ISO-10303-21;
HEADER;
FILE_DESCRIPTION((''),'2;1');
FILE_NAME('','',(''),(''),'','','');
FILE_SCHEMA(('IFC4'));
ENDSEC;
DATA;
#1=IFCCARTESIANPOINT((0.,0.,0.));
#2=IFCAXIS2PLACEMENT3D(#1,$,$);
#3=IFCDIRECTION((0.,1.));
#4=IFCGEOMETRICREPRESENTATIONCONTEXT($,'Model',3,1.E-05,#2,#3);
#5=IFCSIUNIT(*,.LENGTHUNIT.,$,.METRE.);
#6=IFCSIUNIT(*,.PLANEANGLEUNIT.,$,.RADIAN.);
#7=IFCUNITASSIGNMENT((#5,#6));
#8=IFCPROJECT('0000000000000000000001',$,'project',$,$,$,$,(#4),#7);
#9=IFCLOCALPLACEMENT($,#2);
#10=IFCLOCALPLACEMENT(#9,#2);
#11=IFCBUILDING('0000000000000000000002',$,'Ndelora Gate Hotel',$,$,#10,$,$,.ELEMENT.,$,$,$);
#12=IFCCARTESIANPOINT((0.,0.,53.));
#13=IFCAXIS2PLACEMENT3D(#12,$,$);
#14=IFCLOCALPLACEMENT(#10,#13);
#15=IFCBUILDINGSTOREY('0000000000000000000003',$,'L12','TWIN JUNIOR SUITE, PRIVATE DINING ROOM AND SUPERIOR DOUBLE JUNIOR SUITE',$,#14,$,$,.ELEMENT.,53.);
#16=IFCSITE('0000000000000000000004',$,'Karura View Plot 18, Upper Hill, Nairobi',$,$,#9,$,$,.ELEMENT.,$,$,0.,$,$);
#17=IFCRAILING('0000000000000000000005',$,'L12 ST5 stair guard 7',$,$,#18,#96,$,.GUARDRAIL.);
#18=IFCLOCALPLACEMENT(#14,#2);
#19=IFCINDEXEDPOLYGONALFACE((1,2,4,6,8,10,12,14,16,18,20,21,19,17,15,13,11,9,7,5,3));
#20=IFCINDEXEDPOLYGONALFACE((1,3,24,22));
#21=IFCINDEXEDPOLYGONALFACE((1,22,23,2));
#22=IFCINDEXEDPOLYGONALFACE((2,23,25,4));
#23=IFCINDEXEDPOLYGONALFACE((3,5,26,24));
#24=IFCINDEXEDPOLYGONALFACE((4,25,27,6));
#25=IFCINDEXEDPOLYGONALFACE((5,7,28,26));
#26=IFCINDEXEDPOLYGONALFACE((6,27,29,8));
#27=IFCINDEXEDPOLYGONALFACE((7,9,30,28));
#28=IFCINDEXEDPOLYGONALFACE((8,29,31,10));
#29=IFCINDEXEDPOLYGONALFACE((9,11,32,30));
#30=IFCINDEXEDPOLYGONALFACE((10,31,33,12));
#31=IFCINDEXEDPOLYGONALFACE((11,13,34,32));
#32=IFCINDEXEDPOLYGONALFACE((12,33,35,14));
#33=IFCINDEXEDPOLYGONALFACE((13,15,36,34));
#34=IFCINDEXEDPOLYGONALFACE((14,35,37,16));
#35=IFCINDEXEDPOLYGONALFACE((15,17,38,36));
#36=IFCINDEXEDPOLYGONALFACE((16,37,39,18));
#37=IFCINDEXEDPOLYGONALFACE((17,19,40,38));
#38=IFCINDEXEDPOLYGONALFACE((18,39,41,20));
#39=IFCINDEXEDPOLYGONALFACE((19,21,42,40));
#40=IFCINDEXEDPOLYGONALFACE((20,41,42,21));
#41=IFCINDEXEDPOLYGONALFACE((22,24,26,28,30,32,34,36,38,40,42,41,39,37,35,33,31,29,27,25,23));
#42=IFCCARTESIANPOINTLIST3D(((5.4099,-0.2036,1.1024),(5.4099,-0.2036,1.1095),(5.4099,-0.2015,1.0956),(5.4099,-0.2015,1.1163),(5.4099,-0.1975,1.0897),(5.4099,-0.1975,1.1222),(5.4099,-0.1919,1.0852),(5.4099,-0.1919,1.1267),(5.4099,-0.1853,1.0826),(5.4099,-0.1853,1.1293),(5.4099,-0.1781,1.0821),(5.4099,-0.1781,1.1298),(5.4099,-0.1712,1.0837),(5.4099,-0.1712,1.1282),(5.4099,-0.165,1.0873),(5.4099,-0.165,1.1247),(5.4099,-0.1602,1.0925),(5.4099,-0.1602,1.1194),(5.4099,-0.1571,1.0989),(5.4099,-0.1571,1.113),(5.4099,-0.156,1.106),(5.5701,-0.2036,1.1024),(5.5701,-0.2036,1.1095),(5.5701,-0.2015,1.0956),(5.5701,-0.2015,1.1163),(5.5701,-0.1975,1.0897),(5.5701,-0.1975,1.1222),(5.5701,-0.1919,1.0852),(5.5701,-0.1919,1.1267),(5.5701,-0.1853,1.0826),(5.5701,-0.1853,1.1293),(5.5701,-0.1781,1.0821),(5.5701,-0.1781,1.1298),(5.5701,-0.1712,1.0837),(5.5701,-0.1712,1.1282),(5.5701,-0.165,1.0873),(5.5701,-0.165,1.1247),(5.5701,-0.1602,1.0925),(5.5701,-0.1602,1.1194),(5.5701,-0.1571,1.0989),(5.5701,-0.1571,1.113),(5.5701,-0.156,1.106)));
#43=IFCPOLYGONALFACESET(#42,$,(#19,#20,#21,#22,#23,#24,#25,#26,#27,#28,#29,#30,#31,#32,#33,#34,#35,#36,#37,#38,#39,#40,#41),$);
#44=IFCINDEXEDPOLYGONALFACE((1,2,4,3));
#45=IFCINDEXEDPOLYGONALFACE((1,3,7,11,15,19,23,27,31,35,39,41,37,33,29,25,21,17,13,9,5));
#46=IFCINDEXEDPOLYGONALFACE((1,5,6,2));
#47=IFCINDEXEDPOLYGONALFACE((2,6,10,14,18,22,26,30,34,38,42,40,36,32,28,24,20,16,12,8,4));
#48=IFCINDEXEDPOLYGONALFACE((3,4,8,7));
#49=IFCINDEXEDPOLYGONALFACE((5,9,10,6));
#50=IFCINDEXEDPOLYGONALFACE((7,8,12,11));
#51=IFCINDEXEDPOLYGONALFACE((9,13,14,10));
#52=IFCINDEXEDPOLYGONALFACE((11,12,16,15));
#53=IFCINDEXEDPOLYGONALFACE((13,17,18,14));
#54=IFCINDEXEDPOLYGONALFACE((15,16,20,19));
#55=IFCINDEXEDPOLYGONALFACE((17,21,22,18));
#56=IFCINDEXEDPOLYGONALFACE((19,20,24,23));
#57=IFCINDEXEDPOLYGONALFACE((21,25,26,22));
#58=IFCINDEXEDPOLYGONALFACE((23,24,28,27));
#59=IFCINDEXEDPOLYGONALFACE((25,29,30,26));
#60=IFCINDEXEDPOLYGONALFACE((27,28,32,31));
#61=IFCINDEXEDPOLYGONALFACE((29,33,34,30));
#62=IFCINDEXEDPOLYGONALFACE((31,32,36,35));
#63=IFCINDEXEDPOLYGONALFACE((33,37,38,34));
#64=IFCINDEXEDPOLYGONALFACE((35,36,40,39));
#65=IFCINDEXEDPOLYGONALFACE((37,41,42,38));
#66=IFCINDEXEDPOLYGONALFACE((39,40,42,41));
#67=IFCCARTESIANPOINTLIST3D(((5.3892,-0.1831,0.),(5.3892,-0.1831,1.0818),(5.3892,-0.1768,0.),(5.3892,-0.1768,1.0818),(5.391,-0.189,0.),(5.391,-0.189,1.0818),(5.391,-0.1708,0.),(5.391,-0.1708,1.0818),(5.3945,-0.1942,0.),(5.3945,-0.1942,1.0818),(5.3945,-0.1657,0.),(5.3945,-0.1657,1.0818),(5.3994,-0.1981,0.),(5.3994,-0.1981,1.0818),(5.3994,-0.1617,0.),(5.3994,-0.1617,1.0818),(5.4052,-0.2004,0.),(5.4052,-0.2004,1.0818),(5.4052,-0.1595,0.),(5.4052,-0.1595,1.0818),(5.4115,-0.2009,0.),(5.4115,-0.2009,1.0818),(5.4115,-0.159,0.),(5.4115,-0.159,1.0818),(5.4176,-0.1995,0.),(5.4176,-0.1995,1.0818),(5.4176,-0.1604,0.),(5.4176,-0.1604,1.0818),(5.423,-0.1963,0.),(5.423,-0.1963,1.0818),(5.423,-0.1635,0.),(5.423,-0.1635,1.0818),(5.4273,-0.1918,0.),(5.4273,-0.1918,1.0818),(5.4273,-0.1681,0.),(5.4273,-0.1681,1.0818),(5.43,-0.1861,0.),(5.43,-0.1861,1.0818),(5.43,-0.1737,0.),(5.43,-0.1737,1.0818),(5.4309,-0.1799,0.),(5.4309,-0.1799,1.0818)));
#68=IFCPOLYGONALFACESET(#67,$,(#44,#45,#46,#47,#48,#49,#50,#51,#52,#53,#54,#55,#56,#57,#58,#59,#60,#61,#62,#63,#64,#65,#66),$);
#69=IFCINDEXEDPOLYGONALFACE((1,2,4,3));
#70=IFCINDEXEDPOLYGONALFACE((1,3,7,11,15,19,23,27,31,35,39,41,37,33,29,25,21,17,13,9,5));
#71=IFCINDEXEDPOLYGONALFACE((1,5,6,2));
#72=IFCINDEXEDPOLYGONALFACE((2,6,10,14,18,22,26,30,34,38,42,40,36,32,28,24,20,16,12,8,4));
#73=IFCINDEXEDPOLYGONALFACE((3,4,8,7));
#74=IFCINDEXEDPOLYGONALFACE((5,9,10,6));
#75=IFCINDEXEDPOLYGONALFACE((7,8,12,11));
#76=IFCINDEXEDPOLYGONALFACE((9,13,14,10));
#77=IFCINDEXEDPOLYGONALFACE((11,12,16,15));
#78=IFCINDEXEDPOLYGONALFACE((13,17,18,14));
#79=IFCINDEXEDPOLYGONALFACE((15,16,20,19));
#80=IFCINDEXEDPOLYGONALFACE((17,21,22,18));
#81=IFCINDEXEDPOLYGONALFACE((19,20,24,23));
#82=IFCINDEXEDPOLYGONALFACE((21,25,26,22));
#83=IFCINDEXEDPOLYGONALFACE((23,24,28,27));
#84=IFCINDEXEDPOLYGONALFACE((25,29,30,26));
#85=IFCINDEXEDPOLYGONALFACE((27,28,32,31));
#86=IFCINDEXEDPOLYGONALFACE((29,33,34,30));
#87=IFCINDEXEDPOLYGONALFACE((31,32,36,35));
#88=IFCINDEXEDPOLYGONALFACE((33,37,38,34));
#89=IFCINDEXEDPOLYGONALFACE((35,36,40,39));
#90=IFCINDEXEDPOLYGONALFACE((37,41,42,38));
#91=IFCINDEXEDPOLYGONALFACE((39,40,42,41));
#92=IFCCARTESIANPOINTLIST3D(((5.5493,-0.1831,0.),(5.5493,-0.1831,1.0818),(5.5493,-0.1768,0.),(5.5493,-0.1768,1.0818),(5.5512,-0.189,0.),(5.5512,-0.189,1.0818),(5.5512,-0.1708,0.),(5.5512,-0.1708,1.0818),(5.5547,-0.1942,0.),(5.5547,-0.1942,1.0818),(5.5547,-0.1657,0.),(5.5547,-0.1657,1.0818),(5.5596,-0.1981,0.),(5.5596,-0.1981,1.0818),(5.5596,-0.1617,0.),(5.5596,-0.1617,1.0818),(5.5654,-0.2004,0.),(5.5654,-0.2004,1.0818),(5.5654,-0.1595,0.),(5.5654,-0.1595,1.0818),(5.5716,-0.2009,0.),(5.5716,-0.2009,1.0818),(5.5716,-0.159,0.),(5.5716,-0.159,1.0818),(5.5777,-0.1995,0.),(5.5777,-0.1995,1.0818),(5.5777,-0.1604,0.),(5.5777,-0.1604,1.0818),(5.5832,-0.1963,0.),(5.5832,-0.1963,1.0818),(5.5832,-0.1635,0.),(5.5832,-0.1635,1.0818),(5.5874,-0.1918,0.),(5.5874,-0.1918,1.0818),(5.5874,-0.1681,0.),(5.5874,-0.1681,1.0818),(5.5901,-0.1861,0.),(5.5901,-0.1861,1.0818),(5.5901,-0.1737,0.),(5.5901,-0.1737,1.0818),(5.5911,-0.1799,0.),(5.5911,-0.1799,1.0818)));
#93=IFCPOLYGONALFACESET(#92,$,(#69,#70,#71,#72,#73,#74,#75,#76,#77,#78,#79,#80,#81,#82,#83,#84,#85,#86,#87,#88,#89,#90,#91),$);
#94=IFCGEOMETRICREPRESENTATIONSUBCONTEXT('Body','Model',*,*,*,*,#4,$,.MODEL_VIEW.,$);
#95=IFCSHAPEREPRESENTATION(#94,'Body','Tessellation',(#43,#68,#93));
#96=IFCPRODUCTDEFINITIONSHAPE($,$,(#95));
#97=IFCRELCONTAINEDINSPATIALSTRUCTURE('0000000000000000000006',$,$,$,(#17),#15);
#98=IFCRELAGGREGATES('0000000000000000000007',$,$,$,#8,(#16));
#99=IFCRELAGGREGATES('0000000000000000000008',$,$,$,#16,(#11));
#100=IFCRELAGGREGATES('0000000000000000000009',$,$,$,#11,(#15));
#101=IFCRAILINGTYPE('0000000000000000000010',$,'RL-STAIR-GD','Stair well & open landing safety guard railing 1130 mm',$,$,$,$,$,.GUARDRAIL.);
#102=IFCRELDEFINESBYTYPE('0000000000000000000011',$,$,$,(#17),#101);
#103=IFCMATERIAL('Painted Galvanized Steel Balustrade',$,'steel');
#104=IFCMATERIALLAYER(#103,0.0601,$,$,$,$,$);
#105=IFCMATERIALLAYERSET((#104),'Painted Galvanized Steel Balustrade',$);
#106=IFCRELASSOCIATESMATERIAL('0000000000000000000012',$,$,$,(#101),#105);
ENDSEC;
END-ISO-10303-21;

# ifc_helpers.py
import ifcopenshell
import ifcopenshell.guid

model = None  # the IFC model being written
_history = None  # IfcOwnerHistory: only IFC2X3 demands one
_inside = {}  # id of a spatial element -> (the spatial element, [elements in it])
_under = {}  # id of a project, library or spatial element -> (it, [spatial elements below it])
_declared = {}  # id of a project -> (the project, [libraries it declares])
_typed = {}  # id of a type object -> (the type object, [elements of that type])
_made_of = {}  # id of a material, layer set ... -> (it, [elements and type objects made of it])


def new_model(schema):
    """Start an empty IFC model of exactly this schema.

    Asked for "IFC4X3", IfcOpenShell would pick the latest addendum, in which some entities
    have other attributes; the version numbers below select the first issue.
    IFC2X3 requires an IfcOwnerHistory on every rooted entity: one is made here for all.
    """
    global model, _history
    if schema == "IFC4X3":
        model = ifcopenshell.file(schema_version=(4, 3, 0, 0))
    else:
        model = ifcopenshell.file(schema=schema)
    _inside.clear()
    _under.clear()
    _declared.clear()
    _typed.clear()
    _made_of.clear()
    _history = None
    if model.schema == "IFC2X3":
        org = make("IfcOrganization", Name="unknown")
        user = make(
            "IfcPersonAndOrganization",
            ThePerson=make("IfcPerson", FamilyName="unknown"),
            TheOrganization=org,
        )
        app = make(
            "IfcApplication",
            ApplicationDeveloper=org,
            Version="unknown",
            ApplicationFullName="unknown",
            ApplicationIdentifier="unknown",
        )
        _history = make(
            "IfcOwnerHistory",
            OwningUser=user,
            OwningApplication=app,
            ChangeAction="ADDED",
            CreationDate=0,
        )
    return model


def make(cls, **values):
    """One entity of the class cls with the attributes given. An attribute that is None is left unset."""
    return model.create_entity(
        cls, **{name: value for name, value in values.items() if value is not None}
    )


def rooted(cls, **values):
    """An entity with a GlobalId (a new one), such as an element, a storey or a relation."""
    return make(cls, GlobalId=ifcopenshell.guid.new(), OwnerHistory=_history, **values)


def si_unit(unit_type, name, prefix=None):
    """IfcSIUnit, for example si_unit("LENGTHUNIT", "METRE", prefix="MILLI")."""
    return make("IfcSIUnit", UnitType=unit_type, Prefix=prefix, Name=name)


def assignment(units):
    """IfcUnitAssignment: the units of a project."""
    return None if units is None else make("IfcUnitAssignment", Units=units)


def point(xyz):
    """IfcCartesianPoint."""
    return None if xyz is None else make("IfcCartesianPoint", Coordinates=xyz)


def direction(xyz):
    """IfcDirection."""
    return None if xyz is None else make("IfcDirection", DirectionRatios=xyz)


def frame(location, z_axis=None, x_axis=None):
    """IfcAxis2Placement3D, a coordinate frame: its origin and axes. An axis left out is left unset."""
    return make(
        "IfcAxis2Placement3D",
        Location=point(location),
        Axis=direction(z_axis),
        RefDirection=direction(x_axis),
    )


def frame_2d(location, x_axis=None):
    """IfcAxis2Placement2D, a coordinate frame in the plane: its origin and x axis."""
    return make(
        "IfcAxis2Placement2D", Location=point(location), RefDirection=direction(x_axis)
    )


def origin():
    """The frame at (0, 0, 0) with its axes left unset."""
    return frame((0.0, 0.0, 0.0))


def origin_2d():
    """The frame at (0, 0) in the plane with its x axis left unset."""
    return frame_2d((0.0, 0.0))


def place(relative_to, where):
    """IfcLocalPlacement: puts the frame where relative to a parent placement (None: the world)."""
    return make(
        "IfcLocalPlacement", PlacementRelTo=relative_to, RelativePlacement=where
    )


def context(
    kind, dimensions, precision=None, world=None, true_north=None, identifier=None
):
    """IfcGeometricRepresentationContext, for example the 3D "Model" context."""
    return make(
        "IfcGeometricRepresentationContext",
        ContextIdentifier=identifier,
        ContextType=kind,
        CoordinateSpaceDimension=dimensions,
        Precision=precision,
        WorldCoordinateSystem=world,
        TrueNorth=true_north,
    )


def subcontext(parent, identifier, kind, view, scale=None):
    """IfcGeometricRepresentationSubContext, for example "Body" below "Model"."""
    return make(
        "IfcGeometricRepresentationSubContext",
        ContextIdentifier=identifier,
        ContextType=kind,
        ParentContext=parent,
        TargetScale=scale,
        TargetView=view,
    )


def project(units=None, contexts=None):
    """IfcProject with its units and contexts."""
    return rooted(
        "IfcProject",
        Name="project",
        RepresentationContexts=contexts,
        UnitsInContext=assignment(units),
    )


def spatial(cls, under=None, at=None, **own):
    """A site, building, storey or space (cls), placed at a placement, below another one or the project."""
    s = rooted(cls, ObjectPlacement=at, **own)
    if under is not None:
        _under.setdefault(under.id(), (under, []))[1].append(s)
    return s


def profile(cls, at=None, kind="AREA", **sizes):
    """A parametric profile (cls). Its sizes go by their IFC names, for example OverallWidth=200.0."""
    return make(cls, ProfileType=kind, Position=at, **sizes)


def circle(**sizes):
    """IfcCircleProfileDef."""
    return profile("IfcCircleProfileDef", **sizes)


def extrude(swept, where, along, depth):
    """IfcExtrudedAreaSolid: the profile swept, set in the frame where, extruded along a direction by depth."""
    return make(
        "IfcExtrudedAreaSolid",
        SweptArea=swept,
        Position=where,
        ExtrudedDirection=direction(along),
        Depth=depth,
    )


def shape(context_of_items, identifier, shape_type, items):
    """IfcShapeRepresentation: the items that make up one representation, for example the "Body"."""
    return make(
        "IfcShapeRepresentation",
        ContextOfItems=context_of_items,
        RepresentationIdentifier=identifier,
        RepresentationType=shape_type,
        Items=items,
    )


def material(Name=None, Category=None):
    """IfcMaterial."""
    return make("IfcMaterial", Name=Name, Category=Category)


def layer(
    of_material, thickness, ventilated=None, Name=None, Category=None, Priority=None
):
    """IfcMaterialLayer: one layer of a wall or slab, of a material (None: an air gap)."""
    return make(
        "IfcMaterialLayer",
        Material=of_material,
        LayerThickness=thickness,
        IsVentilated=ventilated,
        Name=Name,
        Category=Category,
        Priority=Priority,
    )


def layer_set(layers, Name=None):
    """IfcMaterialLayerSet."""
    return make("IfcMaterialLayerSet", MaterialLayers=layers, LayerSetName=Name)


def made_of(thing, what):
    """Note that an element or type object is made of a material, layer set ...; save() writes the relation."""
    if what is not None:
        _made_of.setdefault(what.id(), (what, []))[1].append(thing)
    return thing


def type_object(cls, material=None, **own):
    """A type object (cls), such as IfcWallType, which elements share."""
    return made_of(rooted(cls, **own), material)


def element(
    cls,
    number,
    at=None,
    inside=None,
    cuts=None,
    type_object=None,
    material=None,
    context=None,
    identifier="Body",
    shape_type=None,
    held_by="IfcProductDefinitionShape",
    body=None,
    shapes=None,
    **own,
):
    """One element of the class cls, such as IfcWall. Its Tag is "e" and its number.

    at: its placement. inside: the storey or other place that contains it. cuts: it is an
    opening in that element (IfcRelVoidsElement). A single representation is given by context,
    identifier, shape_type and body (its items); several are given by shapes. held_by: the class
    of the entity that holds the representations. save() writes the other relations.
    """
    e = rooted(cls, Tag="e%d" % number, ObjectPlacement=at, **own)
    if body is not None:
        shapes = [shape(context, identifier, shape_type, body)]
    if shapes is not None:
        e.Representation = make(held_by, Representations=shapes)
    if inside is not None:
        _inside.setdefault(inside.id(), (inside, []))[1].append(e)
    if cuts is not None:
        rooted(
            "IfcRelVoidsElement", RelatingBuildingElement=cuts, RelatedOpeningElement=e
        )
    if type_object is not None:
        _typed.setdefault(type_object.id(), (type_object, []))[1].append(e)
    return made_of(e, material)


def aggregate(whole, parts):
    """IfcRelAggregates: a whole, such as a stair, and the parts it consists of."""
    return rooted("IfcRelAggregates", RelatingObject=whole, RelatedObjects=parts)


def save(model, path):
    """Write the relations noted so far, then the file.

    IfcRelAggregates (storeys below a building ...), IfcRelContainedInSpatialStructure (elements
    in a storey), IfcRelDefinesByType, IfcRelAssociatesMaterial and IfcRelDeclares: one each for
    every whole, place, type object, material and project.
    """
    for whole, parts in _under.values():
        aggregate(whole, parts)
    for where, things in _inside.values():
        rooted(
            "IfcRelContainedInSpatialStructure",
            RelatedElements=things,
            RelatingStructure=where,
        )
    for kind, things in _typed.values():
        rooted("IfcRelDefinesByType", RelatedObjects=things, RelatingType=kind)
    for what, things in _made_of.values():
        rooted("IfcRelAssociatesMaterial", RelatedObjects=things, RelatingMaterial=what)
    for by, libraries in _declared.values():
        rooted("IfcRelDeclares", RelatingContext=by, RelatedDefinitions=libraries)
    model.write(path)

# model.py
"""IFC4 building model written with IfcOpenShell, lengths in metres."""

from ifc_helpers import new_model, si_unit, direction, frame, origin, origin_2d, place, context, subcontext, project, spatial, circle, extrude, material, layer, layer_set, type_object, element, save


model = new_model("IFC4")

# Units and contexts
model_context = context("Model", 3, precision=1e-05, world=origin(), true_north=direction((0.0, 1.0)))
body_context = subcontext(model_context, "Body", "Model", "MODEL_VIEW")
ifc_project = project(units=[si_unit("LENGTHUNIT", "METRE"), si_unit("PLANEANGLEUNIT", "RADIAN")], contexts=[model_context])

# Site, building, storey
site_placement = place(None, origin())
site = spatial("IfcSite", under=ifc_project, at=site_placement, Name="Karura View Plot 18, Upper Hill, Nairobi", CompositionType="ELEMENT", RefElevation=0.0)
building_placement = place(site_placement, origin())
building = spatial("IfcBuilding", under=site, at=building_placement, Name="Ndelora Gate Hotel", CompositionType="ELEMENT")
storey_placement = place(building_placement, frame((0.0, 0.0, 53.0)))
storey = spatial("IfcBuildingStorey", under=building, at=storey_placement, Name="L12", Description="TWIN JUNIOR SUITE, PRIVATE DINING ROOM AND SUPERIOR DOUBLE JUNIOR SUITE", CompositionType="ELEMENT", Elevation=53.0)

# Railing
ifc_material_1 = material(Name="Painted Galvanized Steel Balustrade", Category="steel")
ifc_layer_1 = layer(ifc_material_1, 0.0601)
ifc_layer_set_1 = layer_set([ifc_layer_1], Name="Painted Galvanized Steel Balustrade")
railing_type_1 = type_object("IfcRailingType", Name="RL-STAIR-GD", Description="Stair well & open landing safety guard railing 1130 mm", PredefinedType="GUARDRAIL", material=ifc_layer_set_1)
railing_1_placement = place(storey_placement, frame((5.4099, -0.1799, 0.0)))
element("IfcRailing", 1, at=railing_1_placement, inside=storey, type_object=railing_type_1, Name="L12 ST5 stair guard 7", PredefinedType="GUARDRAIL", context=body_context, shape_type="SweptSolid", body=[
    extrude(circle(Radius=0.0239, at=origin_2d()), frame((0.0, 0.0, 1.106), z_axis=(1.0, 0.0, 0.0), x_axis=(0.0, 1.0, 0.0)), (0.0, 0.0, 1.0), 0.1602),
    extrude(circle(Radius=0.021, at=origin_2d()), origin(), (0.0, 0.0, 1.0), 1.0818),
    extrude(circle(Radius=0.021, at=origin_2d()), frame((0.1602, 0.0, 0.0)), (0.0, 0.0, 1.0), 1.0818),
])

save(model, "model.ifc")
